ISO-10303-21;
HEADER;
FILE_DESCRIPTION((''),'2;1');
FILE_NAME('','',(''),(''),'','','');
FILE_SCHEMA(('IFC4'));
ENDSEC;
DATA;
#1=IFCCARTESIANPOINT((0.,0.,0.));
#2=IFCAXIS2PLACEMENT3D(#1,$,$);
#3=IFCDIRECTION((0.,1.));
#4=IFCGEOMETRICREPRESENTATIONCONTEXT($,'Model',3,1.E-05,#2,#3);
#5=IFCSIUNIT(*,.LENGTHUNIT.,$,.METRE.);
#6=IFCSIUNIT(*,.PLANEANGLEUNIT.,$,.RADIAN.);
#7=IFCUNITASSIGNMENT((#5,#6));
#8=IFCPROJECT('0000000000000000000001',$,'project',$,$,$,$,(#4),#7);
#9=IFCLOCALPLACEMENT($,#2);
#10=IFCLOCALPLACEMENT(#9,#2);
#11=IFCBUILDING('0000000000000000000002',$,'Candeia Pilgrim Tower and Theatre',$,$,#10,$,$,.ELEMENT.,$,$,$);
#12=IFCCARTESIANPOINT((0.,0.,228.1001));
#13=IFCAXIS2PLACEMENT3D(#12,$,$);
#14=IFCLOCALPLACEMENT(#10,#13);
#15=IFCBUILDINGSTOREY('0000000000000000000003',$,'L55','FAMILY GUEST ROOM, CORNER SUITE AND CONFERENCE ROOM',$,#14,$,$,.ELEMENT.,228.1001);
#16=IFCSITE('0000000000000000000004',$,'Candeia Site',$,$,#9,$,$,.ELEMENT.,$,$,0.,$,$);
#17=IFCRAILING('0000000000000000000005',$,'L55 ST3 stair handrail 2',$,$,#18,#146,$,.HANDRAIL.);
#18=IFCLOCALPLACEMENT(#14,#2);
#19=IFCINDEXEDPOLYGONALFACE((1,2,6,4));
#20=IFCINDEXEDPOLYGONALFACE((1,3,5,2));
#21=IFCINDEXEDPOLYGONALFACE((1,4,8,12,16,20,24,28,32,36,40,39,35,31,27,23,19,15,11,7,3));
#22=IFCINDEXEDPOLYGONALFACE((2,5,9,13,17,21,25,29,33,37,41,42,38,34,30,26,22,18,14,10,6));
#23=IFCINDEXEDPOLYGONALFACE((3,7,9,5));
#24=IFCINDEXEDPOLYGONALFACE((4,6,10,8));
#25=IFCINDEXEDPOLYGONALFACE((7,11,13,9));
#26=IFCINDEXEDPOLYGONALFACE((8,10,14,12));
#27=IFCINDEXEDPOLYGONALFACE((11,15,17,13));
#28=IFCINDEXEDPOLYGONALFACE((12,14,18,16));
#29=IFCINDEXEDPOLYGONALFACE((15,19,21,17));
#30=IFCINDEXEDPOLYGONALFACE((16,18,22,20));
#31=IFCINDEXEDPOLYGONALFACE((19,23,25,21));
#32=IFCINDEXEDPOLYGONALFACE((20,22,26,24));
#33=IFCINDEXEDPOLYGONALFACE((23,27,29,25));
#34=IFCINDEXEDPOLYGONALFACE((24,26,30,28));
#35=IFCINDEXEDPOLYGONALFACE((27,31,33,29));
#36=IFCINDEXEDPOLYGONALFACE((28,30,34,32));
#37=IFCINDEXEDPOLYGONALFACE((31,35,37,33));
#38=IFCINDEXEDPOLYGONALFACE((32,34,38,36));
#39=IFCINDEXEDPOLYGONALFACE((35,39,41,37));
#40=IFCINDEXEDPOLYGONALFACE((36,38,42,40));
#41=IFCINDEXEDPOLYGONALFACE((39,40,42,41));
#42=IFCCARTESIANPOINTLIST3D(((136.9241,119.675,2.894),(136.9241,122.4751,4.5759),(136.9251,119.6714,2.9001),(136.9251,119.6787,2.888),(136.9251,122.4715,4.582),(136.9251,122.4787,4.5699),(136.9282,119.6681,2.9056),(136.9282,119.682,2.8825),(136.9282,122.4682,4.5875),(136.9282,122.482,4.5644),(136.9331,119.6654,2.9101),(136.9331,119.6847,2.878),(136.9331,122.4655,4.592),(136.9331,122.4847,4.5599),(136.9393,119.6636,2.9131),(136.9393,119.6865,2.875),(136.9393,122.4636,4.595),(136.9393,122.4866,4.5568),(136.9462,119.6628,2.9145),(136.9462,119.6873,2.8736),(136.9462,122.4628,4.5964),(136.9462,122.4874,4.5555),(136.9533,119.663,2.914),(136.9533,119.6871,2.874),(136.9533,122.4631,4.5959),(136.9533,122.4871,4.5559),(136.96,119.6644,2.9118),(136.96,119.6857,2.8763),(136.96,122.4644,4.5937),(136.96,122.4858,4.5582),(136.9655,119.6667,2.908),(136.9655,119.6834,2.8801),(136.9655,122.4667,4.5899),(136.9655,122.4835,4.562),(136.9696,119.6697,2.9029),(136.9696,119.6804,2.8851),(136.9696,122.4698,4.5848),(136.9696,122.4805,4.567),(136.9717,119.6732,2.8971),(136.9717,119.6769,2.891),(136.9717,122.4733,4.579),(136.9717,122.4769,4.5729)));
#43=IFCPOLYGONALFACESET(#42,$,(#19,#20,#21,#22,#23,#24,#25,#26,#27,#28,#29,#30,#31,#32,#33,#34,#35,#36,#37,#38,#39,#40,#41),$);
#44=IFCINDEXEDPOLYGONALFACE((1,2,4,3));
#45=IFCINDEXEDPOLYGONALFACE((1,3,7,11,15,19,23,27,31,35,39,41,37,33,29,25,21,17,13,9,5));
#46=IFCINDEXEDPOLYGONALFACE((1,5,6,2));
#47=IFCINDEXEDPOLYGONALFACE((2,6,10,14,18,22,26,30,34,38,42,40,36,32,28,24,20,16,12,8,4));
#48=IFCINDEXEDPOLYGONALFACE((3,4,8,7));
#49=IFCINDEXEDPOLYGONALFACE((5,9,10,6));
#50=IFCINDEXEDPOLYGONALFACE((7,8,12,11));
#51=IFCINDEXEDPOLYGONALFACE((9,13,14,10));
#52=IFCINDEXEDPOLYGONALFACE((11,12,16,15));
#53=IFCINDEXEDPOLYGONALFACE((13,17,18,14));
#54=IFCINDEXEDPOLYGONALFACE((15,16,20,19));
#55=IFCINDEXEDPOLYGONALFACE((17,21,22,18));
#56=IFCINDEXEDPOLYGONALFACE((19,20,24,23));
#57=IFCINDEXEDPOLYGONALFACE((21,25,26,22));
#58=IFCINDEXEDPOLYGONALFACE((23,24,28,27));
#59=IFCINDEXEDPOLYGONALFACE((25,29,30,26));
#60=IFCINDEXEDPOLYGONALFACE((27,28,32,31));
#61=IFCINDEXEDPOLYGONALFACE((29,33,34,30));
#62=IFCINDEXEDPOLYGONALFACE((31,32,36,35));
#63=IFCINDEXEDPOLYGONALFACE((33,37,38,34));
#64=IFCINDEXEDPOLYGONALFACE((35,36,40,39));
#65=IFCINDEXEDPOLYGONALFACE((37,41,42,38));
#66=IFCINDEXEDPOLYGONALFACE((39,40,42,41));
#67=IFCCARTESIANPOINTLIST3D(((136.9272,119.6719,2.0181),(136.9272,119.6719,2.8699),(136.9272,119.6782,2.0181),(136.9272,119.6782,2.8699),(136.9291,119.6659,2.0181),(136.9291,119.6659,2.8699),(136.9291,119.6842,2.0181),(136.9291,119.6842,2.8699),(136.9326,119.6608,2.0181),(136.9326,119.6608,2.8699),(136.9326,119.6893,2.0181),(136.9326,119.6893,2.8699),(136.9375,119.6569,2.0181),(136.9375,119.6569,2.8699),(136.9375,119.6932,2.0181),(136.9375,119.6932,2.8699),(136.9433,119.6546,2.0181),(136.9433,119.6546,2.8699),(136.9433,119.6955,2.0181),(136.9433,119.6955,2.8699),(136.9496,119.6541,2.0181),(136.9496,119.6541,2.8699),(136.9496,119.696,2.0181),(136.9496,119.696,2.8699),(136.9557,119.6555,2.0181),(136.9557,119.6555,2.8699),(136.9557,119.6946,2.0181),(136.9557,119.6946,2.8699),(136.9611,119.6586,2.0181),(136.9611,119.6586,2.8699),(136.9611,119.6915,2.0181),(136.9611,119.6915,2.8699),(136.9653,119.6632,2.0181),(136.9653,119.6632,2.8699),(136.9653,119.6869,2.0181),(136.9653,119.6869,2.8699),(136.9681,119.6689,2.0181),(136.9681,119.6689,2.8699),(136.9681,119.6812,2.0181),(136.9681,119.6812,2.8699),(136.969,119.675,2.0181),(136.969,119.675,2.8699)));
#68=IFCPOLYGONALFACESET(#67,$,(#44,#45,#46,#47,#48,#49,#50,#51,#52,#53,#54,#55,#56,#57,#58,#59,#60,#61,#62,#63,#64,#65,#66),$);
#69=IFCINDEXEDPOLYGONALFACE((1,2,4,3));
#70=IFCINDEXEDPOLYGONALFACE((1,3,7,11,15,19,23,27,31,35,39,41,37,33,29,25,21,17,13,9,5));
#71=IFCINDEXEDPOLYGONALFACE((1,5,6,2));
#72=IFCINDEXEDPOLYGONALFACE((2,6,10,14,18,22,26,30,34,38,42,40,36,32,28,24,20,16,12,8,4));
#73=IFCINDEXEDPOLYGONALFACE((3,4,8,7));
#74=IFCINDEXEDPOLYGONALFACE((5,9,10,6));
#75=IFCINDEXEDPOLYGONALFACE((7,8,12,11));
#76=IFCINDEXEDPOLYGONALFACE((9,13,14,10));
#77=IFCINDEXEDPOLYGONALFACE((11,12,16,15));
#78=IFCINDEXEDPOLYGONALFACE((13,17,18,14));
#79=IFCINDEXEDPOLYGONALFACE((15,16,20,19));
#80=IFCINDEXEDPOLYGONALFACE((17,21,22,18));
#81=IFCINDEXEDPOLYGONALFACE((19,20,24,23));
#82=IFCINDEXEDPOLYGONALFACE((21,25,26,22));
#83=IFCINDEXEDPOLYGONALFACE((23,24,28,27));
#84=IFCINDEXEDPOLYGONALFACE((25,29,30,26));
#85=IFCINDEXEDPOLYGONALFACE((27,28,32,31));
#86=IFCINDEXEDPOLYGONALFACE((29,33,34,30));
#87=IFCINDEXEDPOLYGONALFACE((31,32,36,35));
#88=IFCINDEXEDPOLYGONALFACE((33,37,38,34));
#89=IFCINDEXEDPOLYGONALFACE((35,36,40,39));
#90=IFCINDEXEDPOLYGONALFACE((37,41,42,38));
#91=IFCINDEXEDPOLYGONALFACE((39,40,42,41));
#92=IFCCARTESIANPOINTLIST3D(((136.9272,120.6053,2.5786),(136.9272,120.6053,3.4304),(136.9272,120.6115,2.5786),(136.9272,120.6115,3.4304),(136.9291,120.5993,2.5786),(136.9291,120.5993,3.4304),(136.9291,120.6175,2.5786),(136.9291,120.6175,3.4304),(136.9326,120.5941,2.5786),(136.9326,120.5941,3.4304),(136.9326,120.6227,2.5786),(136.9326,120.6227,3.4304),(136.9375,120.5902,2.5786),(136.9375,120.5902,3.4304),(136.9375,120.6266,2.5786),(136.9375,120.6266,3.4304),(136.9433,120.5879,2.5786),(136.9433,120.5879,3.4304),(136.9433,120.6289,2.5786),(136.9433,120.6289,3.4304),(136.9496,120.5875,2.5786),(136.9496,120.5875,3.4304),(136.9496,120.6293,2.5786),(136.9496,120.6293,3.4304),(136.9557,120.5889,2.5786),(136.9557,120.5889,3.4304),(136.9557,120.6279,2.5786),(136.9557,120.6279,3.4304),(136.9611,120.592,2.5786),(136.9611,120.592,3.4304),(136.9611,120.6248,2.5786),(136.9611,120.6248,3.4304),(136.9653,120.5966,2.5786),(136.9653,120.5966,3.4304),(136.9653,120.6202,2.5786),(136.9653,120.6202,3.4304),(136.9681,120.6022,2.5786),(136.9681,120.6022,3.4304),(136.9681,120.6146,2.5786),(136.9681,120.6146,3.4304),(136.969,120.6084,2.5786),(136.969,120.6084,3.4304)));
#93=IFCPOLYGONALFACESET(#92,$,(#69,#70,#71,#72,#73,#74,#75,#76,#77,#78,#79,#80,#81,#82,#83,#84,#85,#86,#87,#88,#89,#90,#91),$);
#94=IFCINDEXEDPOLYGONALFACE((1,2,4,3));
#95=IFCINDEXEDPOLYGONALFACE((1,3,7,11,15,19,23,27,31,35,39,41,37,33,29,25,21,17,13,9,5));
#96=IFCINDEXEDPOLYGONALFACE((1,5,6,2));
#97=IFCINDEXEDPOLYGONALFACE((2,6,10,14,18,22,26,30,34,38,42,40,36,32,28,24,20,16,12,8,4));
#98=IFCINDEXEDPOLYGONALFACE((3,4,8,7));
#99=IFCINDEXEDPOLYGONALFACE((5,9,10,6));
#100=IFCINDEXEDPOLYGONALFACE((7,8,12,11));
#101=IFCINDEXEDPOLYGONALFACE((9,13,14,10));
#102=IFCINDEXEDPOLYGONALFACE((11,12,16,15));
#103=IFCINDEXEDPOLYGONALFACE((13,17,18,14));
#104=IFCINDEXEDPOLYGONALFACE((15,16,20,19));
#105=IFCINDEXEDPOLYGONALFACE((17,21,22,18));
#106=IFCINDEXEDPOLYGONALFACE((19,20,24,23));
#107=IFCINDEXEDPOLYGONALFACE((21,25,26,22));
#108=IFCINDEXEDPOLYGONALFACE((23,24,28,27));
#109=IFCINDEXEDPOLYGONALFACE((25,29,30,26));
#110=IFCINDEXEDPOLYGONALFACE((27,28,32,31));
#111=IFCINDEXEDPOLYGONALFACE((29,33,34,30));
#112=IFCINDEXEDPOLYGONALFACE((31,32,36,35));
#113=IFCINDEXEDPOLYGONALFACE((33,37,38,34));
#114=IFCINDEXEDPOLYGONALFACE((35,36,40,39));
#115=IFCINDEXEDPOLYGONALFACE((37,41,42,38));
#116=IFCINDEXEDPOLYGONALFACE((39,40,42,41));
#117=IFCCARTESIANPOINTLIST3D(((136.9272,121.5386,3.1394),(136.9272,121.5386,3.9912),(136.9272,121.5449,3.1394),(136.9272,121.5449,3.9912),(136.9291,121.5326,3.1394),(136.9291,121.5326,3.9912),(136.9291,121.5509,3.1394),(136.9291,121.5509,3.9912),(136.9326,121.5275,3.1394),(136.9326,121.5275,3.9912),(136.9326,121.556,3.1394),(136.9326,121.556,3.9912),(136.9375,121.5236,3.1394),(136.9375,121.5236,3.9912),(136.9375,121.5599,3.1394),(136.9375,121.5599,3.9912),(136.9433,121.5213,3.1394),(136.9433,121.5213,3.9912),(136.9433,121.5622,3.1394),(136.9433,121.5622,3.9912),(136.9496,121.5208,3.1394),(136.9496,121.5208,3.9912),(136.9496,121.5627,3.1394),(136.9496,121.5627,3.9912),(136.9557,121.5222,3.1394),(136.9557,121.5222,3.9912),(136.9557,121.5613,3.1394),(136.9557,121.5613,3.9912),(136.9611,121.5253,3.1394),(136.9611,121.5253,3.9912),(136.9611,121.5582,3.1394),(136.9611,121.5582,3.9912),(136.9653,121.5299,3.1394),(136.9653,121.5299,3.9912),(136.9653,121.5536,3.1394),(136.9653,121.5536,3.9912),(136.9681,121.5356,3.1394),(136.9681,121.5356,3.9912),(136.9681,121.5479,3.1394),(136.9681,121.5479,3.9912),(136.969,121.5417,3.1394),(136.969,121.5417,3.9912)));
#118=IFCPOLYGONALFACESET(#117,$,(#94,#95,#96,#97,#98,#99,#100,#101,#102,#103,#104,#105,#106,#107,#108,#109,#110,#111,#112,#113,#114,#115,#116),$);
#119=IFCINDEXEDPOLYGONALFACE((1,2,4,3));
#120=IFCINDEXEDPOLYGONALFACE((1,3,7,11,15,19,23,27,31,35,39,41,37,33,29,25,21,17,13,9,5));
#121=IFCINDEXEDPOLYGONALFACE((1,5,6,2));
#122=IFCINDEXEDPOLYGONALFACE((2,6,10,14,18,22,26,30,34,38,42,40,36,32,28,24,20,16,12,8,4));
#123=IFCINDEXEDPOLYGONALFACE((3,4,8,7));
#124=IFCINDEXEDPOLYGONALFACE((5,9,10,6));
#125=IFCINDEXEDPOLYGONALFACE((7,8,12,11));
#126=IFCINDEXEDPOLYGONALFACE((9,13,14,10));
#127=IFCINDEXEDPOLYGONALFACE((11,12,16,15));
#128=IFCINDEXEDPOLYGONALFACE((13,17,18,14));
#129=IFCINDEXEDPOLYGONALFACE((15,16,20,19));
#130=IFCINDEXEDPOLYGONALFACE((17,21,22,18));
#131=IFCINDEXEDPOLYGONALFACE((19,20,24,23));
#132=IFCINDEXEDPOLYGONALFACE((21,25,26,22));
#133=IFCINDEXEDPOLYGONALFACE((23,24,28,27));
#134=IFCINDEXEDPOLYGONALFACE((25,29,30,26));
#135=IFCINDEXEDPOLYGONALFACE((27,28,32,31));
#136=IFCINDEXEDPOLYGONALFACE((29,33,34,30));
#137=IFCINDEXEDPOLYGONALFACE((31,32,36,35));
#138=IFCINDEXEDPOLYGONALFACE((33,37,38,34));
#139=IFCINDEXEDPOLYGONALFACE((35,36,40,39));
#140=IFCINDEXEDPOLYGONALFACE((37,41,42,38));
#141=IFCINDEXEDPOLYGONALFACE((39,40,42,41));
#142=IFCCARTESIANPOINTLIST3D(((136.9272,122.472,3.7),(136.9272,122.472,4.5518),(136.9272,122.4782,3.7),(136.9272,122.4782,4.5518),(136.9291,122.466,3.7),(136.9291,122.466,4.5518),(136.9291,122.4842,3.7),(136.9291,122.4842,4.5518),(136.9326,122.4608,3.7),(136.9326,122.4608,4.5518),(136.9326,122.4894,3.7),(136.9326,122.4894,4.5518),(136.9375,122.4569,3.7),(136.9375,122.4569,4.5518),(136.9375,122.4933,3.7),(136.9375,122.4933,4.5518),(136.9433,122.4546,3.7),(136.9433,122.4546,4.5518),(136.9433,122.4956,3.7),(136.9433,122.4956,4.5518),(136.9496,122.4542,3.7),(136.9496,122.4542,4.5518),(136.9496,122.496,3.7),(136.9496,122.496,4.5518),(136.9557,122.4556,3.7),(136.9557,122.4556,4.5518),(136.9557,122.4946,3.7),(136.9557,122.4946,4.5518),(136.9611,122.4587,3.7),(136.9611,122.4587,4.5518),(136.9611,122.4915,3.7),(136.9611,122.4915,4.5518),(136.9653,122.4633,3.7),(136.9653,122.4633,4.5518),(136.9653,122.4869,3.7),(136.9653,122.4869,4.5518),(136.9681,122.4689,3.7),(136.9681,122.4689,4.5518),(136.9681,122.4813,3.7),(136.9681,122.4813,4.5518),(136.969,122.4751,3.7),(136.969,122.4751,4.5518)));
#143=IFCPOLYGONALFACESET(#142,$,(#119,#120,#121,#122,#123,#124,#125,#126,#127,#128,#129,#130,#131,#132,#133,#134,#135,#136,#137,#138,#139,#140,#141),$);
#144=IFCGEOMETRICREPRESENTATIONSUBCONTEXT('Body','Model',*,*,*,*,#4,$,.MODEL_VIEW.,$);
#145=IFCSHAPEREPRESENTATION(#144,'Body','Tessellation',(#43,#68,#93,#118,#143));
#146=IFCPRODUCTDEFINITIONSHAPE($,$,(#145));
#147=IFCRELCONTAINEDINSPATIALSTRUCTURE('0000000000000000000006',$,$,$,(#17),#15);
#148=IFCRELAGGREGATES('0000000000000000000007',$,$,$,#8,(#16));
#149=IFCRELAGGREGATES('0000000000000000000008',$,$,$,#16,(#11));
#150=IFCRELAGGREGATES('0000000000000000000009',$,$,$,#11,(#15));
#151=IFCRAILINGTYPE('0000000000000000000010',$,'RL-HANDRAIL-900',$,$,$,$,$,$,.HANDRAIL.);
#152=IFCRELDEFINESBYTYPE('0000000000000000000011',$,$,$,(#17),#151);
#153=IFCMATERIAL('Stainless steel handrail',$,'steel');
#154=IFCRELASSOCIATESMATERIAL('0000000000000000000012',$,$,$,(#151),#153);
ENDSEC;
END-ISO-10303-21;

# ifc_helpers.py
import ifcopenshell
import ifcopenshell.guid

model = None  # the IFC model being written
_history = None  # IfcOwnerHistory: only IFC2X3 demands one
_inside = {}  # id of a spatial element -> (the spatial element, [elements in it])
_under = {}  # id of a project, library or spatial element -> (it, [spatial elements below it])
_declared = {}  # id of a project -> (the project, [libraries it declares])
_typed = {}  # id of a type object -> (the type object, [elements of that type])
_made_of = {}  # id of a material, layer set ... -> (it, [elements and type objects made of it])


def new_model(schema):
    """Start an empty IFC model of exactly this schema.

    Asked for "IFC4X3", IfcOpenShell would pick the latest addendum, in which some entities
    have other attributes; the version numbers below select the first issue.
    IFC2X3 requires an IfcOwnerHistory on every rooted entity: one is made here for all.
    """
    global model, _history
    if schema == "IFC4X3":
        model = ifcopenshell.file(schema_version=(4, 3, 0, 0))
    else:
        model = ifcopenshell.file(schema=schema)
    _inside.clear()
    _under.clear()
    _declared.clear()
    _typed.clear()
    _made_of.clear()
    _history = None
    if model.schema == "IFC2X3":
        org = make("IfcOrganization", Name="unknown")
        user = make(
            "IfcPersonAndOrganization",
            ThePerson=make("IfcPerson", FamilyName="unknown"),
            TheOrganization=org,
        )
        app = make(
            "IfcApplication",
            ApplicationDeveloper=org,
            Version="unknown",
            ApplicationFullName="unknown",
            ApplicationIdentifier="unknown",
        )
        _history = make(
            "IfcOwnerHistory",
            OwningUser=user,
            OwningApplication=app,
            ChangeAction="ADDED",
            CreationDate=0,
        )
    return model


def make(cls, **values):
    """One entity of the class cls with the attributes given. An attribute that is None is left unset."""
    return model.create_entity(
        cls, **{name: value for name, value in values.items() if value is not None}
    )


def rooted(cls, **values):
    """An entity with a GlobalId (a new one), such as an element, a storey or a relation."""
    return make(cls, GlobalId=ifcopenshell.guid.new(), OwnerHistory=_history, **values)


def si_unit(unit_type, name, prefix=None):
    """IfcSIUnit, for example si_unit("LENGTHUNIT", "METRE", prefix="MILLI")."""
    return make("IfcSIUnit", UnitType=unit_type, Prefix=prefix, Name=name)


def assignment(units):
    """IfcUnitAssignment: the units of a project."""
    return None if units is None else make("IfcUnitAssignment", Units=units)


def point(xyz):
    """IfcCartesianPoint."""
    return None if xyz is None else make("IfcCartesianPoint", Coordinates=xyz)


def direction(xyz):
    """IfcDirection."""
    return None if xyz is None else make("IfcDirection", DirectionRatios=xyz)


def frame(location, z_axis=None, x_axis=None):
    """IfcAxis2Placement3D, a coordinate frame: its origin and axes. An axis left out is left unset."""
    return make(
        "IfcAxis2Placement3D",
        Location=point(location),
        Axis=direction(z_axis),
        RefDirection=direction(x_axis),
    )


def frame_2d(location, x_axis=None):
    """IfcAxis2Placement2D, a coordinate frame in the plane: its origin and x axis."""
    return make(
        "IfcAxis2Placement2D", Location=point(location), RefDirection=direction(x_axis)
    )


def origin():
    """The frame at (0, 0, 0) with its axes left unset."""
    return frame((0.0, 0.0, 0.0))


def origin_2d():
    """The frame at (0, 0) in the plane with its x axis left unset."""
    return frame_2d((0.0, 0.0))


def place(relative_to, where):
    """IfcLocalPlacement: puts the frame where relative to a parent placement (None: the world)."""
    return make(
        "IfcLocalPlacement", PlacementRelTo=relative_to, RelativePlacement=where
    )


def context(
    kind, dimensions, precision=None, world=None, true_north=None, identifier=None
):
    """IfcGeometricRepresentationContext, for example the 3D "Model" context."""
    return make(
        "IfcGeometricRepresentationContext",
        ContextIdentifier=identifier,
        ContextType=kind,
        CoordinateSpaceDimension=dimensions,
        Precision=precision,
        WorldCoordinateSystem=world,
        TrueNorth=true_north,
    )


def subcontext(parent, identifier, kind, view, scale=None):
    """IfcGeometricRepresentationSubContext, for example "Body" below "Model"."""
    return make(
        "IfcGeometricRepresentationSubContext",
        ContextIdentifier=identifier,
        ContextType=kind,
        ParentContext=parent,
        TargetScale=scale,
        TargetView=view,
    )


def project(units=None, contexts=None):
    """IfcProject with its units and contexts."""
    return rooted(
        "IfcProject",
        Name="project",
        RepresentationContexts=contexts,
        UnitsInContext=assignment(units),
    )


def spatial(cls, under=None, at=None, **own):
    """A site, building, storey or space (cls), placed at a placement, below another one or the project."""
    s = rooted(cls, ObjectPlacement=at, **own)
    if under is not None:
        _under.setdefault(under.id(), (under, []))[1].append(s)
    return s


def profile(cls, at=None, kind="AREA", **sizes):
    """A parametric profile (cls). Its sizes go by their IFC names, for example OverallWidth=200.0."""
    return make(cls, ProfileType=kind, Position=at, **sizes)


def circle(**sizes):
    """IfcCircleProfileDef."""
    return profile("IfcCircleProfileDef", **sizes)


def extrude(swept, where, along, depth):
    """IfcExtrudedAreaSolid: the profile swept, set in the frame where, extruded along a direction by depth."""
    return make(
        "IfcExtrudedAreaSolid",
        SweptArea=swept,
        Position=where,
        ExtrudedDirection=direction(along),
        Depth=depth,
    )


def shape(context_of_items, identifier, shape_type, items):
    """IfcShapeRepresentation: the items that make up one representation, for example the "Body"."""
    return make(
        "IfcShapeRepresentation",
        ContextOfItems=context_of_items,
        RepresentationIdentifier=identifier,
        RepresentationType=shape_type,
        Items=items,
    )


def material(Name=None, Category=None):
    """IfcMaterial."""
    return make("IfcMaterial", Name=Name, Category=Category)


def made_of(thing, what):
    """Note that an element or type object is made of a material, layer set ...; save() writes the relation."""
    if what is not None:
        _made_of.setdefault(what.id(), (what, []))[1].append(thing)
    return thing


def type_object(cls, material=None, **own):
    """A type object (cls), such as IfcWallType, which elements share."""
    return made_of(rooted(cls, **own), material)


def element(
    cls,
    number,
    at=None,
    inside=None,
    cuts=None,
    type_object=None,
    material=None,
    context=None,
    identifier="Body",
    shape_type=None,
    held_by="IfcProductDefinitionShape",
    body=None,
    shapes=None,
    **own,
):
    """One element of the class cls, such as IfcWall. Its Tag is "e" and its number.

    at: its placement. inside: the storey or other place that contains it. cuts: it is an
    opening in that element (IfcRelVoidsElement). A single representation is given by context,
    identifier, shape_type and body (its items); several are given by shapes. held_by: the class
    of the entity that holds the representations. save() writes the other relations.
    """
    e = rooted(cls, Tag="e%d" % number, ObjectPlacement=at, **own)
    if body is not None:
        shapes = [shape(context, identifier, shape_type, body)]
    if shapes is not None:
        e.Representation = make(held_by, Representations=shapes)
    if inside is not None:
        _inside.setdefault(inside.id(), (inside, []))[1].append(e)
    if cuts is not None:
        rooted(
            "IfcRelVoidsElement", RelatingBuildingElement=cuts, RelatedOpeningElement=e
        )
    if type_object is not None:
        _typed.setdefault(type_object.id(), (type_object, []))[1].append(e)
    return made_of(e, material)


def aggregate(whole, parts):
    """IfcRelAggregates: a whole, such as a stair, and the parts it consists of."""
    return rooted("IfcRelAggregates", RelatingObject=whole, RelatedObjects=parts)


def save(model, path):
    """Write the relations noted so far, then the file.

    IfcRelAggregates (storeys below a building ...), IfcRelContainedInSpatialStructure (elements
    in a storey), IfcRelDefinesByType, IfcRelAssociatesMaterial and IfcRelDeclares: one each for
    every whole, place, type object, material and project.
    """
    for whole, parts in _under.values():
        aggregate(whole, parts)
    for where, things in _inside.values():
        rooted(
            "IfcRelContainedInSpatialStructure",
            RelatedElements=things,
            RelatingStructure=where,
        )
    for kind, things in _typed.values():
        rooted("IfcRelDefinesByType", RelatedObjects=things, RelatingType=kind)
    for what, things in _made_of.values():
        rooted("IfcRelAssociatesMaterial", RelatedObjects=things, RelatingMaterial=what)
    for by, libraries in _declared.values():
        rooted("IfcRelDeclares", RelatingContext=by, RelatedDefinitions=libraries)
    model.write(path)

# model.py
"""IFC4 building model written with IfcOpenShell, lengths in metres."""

from ifc_helpers import new_model, si_unit, direction, frame, origin, origin_2d, place, context, subcontext, project, spatial, circle, extrude, material, type_object, element, save


model = new_model("IFC4")

# Units and contexts
model_context = context("Model", 3, precision=1e-05, world=origin(), true_north=direction((0.0, 1.0)))
body_context = subcontext(model_context, "Body", "Model", "MODEL_VIEW")
ifc_project = project(units=[si_unit("LENGTHUNIT", "METRE"), si_unit("PLANEANGLEUNIT", "RADIAN")], contexts=[model_context])

# Site, building, storey
site_placement = place(None, origin())
site = spatial("IfcSite", under=ifc_project, at=site_placement, Name="Candeia Site", CompositionType="ELEMENT", RefElevation=0.0)
building_placement = place(site_placement, origin())
building = spatial("IfcBuilding", under=site, at=building_placement, Name="Candeia Pilgrim Tower and Theatre", CompositionType="ELEMENT")
storey_placement = place(building_placement, frame((0.0, 0.0, 228.1001)))
storey = spatial("IfcBuildingStorey", under=building, at=storey_placement, Name="L55", Description="FAMILY GUEST ROOM, CORNER SUITE AND CONFERENCE ROOM", CompositionType="ELEMENT", Elevation=228.1001)

# Railing
ifc_material_1 = material(Name="Stainless steel handrail", Category="steel")
railing_type_1 = type_object("IfcRailingType", Name="RL-HANDRAIL-900", PredefinedType="HANDRAIL", material=ifc_material_1)
railing_1_placement = place(storey_placement, frame((136.948, 119.675, 2.0181)))
element("IfcRailing", 1, at=railing_1_placement, inside=storey, type_object=railing_type_1, Name="L55 ST3 stair handrail 2", PredefinedType="HANDRAIL", context=body_context, shape_type="SweptSolid", body=[
    extrude(circle(Radius=0.0239, at=origin_2d()), frame((0.0, 0.0, 0.876), z_axis=(0.0, 0.857242, 0.514913), x_axis=(-1.0, 0.0, 0.0)), (0.0, 0.0, 1.0), 3.2664),
    extrude(circle(Radius=0.021, at=origin_2d()), origin(), (0.0, 0.0, 1.0), 0.8518),
    extrude(circle(Radius=0.021, at=origin_2d()), frame((0.0, 0.9333, 0.5605)), (0.0, 0.0, 1.0), 0.8518),
    extrude(circle(Radius=0.021, at=origin_2d()), frame((0.0, 1.8667, 1.1213)), (0.0, 0.0, 1.0), 0.8518),
    extrude(circle(Radius=0.021, at=origin_2d()), frame((0.0, 2.8, 1.6819)), (0.0, 0.0, 1.0), 0.8518),
])

save(model, "model.ifc")
